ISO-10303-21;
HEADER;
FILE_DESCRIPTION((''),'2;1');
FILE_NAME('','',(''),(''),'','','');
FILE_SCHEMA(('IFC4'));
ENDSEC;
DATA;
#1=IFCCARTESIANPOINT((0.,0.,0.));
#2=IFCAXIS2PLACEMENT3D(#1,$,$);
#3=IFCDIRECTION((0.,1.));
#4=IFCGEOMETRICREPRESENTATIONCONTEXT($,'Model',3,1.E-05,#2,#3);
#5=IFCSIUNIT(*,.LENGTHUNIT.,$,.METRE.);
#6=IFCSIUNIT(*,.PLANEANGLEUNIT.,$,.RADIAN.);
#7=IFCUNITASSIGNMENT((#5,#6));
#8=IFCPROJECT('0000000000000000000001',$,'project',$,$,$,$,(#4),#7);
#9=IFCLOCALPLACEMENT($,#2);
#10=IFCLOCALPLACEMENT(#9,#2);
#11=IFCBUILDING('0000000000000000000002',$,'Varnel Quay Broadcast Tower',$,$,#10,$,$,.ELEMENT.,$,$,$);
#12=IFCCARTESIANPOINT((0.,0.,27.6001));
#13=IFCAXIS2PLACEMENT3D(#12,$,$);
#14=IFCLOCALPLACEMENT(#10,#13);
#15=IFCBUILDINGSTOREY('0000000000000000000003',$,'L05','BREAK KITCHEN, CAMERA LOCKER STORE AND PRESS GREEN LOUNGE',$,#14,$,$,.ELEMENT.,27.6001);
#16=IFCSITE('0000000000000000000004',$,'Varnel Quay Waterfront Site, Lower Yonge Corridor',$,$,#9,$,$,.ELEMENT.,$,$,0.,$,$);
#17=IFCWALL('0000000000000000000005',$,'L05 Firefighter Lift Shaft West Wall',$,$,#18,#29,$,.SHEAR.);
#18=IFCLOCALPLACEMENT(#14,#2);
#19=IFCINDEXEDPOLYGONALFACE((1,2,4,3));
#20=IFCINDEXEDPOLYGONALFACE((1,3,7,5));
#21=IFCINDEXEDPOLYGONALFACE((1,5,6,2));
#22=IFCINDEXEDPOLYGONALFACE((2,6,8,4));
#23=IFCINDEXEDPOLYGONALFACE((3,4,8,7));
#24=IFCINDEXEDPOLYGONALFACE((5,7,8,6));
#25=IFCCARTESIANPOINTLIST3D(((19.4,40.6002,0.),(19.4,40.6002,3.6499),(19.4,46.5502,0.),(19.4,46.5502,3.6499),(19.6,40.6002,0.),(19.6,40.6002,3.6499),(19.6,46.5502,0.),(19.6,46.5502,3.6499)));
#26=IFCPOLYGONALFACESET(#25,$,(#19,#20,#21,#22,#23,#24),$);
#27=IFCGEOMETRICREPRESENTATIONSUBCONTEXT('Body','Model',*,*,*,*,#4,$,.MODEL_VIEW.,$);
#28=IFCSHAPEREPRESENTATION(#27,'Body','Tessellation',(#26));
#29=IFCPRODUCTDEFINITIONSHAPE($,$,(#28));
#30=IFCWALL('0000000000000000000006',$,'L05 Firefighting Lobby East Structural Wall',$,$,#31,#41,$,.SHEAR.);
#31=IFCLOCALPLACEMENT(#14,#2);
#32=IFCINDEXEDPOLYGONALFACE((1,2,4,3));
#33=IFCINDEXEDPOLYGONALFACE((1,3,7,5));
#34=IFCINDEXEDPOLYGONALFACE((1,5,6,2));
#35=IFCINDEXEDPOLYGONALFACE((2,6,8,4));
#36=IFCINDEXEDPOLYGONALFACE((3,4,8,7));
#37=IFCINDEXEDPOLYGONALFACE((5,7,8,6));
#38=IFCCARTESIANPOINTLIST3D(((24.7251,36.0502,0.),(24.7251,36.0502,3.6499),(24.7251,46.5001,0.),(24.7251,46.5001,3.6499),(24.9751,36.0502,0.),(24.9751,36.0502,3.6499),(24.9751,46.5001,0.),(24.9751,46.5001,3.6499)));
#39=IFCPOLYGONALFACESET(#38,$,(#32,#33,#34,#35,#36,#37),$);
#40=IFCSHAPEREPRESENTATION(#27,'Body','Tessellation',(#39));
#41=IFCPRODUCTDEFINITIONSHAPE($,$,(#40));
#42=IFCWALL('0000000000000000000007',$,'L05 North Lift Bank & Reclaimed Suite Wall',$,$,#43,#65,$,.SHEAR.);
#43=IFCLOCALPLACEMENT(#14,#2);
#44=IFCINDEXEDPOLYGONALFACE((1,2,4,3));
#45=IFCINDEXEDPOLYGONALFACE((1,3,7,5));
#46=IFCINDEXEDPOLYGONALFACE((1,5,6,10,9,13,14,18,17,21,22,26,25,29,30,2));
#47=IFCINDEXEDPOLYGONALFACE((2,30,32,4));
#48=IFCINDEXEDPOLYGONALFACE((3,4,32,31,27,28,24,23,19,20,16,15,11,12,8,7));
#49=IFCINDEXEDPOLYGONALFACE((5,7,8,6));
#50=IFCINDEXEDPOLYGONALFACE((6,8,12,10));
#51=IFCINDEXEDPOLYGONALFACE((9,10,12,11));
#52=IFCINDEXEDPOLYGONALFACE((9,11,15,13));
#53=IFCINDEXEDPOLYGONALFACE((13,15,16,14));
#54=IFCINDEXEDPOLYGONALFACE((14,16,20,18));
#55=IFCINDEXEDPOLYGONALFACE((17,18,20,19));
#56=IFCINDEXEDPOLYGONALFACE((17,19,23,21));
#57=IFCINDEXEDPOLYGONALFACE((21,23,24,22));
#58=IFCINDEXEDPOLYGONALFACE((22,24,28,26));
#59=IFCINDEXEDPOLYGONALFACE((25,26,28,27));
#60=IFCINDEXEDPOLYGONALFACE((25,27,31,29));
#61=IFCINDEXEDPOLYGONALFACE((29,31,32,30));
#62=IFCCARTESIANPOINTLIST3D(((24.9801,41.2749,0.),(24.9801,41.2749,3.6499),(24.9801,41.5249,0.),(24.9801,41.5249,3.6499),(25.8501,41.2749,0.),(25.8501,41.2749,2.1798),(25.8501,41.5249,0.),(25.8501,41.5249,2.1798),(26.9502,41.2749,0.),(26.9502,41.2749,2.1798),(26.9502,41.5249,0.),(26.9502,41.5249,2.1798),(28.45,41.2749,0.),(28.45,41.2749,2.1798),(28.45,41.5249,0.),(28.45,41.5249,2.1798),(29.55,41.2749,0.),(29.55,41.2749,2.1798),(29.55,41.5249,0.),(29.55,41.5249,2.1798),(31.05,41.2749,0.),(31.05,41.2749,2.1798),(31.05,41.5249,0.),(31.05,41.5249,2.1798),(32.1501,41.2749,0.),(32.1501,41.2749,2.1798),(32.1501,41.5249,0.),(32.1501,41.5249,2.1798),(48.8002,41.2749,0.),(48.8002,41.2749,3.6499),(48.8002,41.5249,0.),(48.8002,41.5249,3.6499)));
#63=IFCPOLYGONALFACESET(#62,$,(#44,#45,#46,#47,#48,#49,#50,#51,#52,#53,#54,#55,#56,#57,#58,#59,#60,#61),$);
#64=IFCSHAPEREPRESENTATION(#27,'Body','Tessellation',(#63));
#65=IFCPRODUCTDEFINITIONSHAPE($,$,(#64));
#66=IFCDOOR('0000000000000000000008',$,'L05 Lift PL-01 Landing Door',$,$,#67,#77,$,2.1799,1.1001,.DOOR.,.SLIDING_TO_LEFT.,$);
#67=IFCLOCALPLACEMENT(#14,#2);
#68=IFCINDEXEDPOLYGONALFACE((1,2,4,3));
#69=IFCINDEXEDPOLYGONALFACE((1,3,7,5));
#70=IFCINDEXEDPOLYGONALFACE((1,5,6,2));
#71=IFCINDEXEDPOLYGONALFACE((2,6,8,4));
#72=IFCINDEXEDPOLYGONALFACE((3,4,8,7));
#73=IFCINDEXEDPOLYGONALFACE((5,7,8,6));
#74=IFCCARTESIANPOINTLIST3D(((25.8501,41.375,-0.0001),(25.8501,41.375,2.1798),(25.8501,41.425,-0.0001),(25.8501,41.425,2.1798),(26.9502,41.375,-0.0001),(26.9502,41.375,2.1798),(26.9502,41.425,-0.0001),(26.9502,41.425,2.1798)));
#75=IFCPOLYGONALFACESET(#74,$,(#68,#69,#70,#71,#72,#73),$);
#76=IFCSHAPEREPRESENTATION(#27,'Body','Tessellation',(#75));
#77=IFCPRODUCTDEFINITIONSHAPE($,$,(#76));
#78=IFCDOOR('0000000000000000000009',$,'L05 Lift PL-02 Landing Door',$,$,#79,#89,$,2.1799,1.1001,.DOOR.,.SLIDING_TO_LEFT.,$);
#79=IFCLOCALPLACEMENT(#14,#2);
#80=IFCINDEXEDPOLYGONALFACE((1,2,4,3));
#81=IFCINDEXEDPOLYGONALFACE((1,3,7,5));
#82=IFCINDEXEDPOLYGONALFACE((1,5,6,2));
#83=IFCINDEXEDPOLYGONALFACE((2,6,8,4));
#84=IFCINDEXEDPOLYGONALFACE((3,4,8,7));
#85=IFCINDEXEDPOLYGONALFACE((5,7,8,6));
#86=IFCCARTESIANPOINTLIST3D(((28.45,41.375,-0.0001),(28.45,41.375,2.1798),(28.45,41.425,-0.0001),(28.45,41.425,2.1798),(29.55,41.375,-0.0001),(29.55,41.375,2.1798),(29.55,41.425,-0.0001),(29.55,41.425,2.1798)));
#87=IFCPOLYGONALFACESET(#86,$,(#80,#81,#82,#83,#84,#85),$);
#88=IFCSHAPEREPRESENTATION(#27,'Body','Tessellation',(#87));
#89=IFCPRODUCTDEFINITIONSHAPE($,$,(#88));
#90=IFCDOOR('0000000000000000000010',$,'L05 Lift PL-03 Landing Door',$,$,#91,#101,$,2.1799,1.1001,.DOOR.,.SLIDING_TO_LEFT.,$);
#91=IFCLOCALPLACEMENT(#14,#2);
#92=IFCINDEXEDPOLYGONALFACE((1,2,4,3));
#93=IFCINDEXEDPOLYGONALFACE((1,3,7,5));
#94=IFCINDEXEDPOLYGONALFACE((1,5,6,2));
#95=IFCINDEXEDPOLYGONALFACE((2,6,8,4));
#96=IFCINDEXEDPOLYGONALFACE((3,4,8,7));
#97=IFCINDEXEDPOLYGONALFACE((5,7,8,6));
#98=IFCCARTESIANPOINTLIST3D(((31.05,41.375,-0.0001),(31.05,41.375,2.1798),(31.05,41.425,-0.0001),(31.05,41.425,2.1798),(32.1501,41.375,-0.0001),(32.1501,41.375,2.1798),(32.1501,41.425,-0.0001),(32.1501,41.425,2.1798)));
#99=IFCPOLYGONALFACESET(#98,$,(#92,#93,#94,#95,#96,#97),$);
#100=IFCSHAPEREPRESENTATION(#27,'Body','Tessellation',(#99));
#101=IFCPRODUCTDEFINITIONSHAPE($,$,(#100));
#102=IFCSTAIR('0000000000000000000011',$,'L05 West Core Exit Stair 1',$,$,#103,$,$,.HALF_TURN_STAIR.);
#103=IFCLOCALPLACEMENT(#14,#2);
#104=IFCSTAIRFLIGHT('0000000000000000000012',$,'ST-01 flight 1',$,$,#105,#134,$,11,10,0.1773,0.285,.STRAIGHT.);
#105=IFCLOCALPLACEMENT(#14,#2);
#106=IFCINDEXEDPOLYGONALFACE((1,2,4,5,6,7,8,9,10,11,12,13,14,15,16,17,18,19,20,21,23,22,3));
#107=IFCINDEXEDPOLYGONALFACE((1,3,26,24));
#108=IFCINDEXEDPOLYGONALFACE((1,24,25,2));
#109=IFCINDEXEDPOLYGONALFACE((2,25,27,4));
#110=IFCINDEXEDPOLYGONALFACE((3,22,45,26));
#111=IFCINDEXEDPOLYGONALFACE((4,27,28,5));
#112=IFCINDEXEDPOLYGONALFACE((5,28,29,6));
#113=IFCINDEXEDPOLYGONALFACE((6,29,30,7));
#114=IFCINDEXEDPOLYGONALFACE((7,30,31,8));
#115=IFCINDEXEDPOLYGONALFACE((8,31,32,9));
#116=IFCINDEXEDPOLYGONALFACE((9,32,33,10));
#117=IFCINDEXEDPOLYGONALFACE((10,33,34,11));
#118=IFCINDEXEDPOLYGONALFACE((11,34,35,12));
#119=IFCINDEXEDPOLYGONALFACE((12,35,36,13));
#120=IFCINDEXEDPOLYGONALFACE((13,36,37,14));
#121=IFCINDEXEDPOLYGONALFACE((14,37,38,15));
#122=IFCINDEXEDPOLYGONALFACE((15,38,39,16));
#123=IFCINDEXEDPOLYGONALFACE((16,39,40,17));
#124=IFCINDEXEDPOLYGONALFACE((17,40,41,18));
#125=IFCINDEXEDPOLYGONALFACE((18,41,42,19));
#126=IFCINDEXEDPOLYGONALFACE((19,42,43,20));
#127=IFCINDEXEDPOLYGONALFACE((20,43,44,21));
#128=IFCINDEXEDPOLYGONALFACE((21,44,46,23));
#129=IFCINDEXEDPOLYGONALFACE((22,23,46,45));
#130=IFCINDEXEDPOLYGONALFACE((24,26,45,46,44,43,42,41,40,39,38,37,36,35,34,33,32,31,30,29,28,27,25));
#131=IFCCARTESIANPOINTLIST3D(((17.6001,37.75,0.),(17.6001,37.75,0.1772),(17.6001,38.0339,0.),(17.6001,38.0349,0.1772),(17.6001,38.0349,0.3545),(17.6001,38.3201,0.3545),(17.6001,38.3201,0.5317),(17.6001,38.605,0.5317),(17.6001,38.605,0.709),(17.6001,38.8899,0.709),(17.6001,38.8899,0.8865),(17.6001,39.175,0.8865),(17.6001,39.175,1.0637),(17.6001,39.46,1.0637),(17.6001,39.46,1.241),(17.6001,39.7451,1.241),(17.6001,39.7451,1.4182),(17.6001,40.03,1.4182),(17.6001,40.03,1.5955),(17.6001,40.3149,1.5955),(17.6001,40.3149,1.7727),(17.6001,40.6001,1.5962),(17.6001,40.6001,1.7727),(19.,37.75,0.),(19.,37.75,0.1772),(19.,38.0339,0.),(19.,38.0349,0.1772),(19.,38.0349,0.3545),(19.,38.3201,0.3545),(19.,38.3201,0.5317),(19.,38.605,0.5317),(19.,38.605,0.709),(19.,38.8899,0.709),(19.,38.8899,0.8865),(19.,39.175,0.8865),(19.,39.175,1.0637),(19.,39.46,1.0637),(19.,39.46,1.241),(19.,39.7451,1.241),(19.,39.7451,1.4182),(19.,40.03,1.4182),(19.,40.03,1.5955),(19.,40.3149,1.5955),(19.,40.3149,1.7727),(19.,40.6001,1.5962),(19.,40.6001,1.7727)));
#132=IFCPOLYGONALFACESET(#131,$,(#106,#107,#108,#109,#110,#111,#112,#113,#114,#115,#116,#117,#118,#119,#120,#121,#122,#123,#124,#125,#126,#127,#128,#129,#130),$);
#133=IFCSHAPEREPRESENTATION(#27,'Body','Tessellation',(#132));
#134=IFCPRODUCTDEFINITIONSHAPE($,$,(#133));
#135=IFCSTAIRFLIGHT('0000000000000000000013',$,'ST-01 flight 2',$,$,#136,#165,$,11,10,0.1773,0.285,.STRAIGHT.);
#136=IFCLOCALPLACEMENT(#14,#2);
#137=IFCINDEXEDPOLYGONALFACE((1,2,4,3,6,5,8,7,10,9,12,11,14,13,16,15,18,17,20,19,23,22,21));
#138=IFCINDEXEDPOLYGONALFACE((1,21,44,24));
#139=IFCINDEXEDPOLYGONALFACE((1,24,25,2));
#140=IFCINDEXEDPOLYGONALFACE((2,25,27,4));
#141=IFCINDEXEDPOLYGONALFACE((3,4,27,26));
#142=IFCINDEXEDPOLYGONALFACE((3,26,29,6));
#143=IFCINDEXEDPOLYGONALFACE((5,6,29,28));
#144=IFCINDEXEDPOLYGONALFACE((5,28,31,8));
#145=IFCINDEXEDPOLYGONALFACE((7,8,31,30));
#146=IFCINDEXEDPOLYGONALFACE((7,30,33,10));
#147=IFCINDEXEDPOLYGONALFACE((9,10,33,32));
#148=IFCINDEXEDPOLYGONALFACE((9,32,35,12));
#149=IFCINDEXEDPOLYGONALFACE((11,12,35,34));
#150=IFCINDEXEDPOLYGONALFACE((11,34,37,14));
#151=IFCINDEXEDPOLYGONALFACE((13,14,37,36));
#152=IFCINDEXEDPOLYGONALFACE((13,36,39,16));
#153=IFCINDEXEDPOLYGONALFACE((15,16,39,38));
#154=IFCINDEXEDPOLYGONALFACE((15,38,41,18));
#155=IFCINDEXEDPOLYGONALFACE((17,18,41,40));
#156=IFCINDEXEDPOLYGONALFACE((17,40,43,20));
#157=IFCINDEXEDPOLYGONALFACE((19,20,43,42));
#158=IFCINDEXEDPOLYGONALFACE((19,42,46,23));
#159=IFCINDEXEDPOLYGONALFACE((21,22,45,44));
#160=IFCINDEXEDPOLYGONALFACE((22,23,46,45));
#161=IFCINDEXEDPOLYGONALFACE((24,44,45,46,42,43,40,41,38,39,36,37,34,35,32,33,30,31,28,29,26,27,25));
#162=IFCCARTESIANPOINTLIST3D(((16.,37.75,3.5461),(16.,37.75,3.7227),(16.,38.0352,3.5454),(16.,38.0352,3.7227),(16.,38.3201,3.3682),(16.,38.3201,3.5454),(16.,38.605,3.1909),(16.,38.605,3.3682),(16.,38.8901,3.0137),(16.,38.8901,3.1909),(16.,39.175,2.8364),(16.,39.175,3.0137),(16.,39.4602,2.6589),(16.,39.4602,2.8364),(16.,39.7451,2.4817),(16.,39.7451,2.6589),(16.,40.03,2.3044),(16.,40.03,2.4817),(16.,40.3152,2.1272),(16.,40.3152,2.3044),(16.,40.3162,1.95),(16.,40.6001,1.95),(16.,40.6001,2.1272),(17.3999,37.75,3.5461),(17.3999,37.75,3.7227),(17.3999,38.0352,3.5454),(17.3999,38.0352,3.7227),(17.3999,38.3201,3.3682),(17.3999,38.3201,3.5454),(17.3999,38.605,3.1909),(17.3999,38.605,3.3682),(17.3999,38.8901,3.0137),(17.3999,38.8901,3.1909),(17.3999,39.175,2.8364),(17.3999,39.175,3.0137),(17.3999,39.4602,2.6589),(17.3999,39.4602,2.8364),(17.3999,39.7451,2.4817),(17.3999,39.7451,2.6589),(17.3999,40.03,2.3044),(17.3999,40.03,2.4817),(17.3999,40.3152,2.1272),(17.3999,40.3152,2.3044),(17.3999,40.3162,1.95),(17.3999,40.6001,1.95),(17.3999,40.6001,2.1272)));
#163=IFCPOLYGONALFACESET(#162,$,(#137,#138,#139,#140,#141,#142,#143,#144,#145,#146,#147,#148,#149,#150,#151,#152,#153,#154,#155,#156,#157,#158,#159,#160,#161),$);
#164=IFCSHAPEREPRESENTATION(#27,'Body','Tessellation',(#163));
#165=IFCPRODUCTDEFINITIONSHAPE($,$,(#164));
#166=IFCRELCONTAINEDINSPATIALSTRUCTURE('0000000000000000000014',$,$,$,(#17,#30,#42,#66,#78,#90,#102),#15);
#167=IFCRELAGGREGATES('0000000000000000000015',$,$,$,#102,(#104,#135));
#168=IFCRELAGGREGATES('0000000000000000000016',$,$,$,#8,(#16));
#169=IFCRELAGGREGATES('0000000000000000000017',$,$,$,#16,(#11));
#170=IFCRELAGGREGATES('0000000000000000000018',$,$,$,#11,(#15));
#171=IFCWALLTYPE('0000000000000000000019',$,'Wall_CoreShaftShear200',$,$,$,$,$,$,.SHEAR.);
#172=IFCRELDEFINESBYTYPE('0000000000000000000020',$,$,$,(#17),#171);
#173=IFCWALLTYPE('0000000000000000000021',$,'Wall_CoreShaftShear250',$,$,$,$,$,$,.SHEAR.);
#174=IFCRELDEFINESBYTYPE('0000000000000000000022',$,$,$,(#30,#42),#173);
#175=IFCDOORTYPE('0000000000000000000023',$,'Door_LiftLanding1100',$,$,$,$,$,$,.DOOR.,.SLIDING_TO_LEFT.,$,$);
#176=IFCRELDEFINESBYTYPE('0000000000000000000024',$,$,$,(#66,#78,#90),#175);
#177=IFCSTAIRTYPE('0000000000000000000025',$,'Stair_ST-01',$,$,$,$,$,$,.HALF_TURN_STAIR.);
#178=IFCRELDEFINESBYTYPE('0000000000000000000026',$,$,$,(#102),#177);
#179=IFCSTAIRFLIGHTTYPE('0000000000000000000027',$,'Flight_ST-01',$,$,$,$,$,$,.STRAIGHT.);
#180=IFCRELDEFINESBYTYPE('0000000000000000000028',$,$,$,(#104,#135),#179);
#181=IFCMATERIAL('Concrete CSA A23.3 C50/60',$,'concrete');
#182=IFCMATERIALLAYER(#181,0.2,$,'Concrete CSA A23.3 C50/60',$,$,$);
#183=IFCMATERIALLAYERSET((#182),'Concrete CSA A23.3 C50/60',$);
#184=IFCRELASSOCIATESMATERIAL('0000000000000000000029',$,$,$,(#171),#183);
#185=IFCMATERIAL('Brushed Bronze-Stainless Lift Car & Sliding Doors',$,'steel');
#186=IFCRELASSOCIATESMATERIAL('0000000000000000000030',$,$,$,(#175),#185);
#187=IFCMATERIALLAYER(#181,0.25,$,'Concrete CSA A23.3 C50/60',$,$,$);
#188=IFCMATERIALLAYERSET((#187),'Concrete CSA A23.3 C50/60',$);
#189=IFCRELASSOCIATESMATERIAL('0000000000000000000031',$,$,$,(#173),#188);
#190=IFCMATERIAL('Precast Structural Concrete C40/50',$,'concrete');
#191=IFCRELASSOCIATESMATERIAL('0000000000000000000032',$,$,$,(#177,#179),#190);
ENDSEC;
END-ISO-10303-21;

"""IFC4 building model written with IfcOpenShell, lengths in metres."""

from ifc_helpers import new_model, si_unit, direction, frame, frame_2d, origin, place, context, subcontext, project, spatial, polyline, rectangle, outline, extrude, source, transform, mapped, material, layer, layer_set, type_object, type_shapes, element, fill, aggregate, save


model = new_model("IFC4")

# Units and contexts
model_context = context("Model", 3, precision=1e-05, world=origin(), true_north=direction((0.0, 1.0)))
body_context = subcontext(model_context, "Body", "Model", "MODEL_VIEW")
ifc_project = project(units=[si_unit("LENGTHUNIT", "METRE"), si_unit("PLANEANGLEUNIT", "RADIAN")], contexts=[model_context])

# Site, building, storey
site_placement = place(None, origin())
site = spatial("IfcSite", under=ifc_project, at=site_placement, Name="Varnel Quay Waterfront Site, Lower Yonge Corridor", CompositionType="ELEMENT", RefElevation=0.0)
building_placement = place(site_placement, origin())
building = spatial("IfcBuilding", under=site, at=building_placement, Name="Varnel Quay Broadcast Tower", CompositionType="ELEMENT")
storey_placement = place(building_placement, frame((0.0, 0.0, 27.6001)))
storey = spatial("IfcBuildingStorey", under=building, at=storey_placement, Name="L05", Description="BREAK KITCHEN, CAMERA LOCKER STORE AND PRESS GREEN LOUNGE", CompositionType="ELEMENT", Elevation=27.6001)

# Shared definitions
ifc_material_1 = material(Name="Concrete CSA A23.3 C50/60", Category="concrete")
ifc_layer_1 = layer(ifc_material_1, 0.2, Name="Concrete CSA A23.3 C50/60")
ifc_layer_set_1 = layer_set([ifc_layer_1], Name="Concrete CSA A23.3 C50/60")
wall_type_1 = type_object("IfcWallType", Name="Wall_CoreShaftShear200", PredefinedType="SHEAR", material=ifc_layer_set_1)

# Shared definitions
ifc_material_2 = material(Name="Brushed Bronze-Stainless Lift Car & Sliding Doors", Category="steel")
door_type = type_object("IfcDoorType", Name="Door_LiftLanding1100", OperationType="SLIDING_TO_LEFT", PredefinedType="DOOR", material=ifc_material_2)
shared_shape_1 = source(origin(), body_context, "Body", "SweptSolid", [
    extrude(rectangle(XDim=1.1001, YDim=2.1799, at=frame_2d((0.55, 1.0898))), frame((0.0, 0.0249, 0.0), z_axis=(0.0, -1.0, 0.0), x_axis=(1.0, 0.0, 0.0)), (0.0, 0.0, 1.0), 0.05),
])
type_shapes(door_type, [shared_shape_1])

# Walls
wall_1_placement = place(storey_placement, frame((19.5, 40.6001, 0.0), z_axis=(0.0, 0.0, 1.0), x_axis=(0.0, 1.0, 0.0)))
element("IfcWall", 1, at=wall_1_placement, inside=storey, type_object=wall_type_1, Name="L05 Firefighter Lift Shaft West Wall", PredefinedType="SHEAR", context=body_context, shape_type="SweptSolid", body=[
    extrude(rectangle(XDim=5.95, YDim=0.2, at=frame_2d((2.9751, 0.0))), origin(), (0.0, 0.0, 1.0), 3.6499),
])
ifc_layer_2 = layer(ifc_material_1, 0.25, Name="Concrete CSA A23.3 C50/60")
ifc_layer_set_2 = layer_set([ifc_layer_2], Name="Concrete CSA A23.3 C50/60")
wall_type_2 = type_object("IfcWallType", Name="Wall_CoreShaftShear250", PredefinedType="SHEAR", material=ifc_layer_set_2)
wall_2_placement = place(storey_placement, frame((24.8501, 36.05, 0.0), z_axis=(0.0, 0.0, 1.0), x_axis=(0.0, 1.0, 0.0)))
element("IfcWall", 2, at=wall_2_placement, inside=storey, type_object=wall_type_2, Name="L05 Firefighting Lobby East Structural Wall", PredefinedType="SHEAR", context=body_context, shape_type="SweptSolid", body=[
    extrude(rectangle(XDim=10.45, YDim=0.25, at=frame_2d((5.2251, 0.0))), origin(), (0.0, 0.0, 1.0), 3.6499),
])

# Wall, openings, doors
wall_3_placement = place(storey_placement, frame((24.98, 41.3999, 0.0), z_axis=(0.0, 0.0, 1.0), x_axis=(1.0, 0.0, 0.0)))
wall_3 = element("IfcWall", 3, at=wall_3_placement, inside=storey, type_object=wall_type_2, Name="L05 North Lift Bank & Reclaimed Suite Wall", PredefinedType="SHEAR", context=body_context, shape_type="SweptSolid", body=[
    extrude(rectangle(XDim=23.8201, YDim=0.25, at=frame_2d((11.9102, 0.0))), origin(), (0.0, 0.0, 1.0), 3.6499),
])
opening_1_placement = place(wall_3_placement, frame((0.8701, 0.0, 0.0)))
opening_1 = element("IfcOpeningElement", 4, at=opening_1_placement, cuts=wall_3, PredefinedType="OPENING", context=body_context, shape_type="SweptSolid", body=[
    extrude(rectangle(XDim=1.1001, YDim=2.1799, at=frame_2d((0.55, 1.0898))), frame((0.0, 0.135, 0.0), z_axis=(0.0, -1.0, 0.0), x_axis=(1.0, 0.0, 0.0)), (0.0, 0.0, 1.0), 0.27),
])
opening_2_placement = place(wall_3_placement, frame((3.47, 0.0, 0.0)))
opening_2 = element("IfcOpeningElement", 5, at=opening_2_placement, cuts=wall_3, PredefinedType="OPENING", context=body_context, shape_type="SweptSolid", body=[
    extrude(rectangle(XDim=1.1001, YDim=2.1799, at=frame_2d((0.55, 1.0898))), frame((0.0, 0.135, 0.0), z_axis=(0.0, -1.0, 0.0), x_axis=(1.0, 0.0, 0.0)), (0.0, 0.0, 1.0), 0.27),
])
opening_3_placement = place(wall_3_placement, frame((6.0701, 0.0, 0.0)))
opening_3 = element("IfcOpeningElement", 6, at=opening_3_placement, cuts=wall_3, PredefinedType="OPENING", context=body_context, shape_type="SweptSolid", body=[
    extrude(rectangle(XDim=1.1001, YDim=2.1799, at=frame_2d((0.55, 1.0898))), frame((0.0, 0.135, 0.0), z_axis=(0.0, -1.0, 0.0), x_axis=(1.0, 0.0, 0.0)), (0.0, 0.0, 1.0), 0.27),
])
door_1_placement = place(opening_1_placement, frame((1.1001, 0.0, 0.0), z_axis=(0.0, 0.0, 1.0), x_axis=(-1.0, 0.0, 0.0)))
door_1 = element("IfcDoor", 7, at=door_1_placement, inside=storey, type_object=door_type, Name="L05 Lift PL-01 Landing Door", OperationType="SLIDING_TO_LEFT", OverallHeight=2.1799, OverallWidth=1.1001, PredefinedType="DOOR", context=body_context, shape_type="MappedRepresentation", body=[
    mapped(shared_shape_1, transform((0.0, 0.0, 0.0), x_axis=(1.0, 0.0, 0.0), y_axis=(0.0, 1.0, 0.0), z_axis=(0.0, 0.0, 1.0), scale=1.0)),
])
fill(opening_1, door_1)
door_2_placement = place(opening_2_placement, frame((1.1001, 0.0, 0.0), z_axis=(0.0, 0.0, 1.0), x_axis=(-1.0, 0.0, 0.0)))
door_2 = element("IfcDoor", 8, at=door_2_placement, inside=storey, type_object=door_type, Name="L05 Lift PL-02 Landing Door", OperationType="SLIDING_TO_LEFT", OverallHeight=2.1799, OverallWidth=1.1001, PredefinedType="DOOR", context=body_context, shape_type="MappedRepresentation", body=[
    mapped(shared_shape_1, transform((0.0, 0.0, 0.0), x_axis=(1.0, 0.0, 0.0), y_axis=(0.0, 1.0, 0.0), z_axis=(0.0, 0.0, 1.0), scale=1.0)),
])
fill(opening_2, door_2)
door_3_placement = place(opening_3_placement, frame((1.1001, 0.0, 0.0), z_axis=(0.0, 0.0, 1.0), x_axis=(-1.0, 0.0, 0.0)))
door_3 = element("IfcDoor", 9, at=door_3_placement, inside=storey, type_object=door_type, Name="L05 Lift PL-03 Landing Door", OperationType="SLIDING_TO_LEFT", OverallHeight=2.1799, OverallWidth=1.1001, PredefinedType="DOOR", context=body_context, shape_type="MappedRepresentation", body=[
    mapped(shared_shape_1, transform((0.0, 0.0, 0.0), x_axis=(1.0, 0.0, 0.0), y_axis=(0.0, 1.0, 0.0), z_axis=(0.0, 0.0, 1.0), scale=1.0)),
])
fill(opening_3, door_3)

# Stair, stair flights
ifc_material_3 = material(Name="Precast Structural Concrete C40/50", Category="concrete")
stair_type = type_object("IfcStairType", Name="Stair_ST-01", PredefinedType="HALF_TURN_STAIR", material=ifc_material_3)
stair_placement = place(storey_placement, origin())
stair = element("IfcStair", 10, at=stair_placement, inside=storey, type_object=stair_type, Name="L05 West Core Exit Stair 1", PredefinedType="HALF_TURN_STAIR")
stair_flight_type = type_object("IfcStairFlightType", Name="Flight_ST-01", PredefinedType="STRAIGHT", material=ifc_material_3)
stair_flight_1_placement = place(storey_placement, frame((18.3, 37.75, 0.0), z_axis=(0.0, 0.0, 1.0), x_axis=(0.0, 1.0, 0.0)))
stair_flight_1 = element("IfcStairFlight", 11, at=stair_flight_1_placement, type_object=stair_flight_type, Name="ST-01 flight 1", NumberOfRisers=11, NumberOfTreads=10, PredefinedType="STRAIGHT", RiserHeight=0.1773, TreadLength=0.285, context=body_context, shape_type="SweptSolid", body=[
    extrude(outline(polyline([(0.0, 0.0), (0.0, 0.1772), (0.2849, 0.1772), (0.2849, 0.3545), (0.5701, 0.3545), (0.5701, 0.5317), (0.855, 0.5317), (0.855, 0.709), (1.1399, 0.709), (1.1399, 0.8865), (1.425, 0.8865), (1.425, 1.0637), (1.71, 1.0637), (1.71, 1.241), (1.9951, 1.241), (1.9951, 1.4182), (2.28, 1.4182), (2.28, 1.5955), (2.5649, 1.5955), (2.5649, 1.7727), (2.8501, 1.7727), (2.8501, 1.95), (2.8501, 1.5962), (0.2839, 0.0), (0.0, 0.0)])), frame((0.0, 0.7, 0.0), z_axis=(0.0, -1.0, 0.0), x_axis=(1.0, 0.0, 0.0)), (0.0, 0.0, 1.0), 1.3999),
])
stair_flight_2_placement = place(storey_placement, frame((16.7, 40.6001, 1.95), z_axis=(0.0, 0.0, 1.0), x_axis=(0.0, -1.0, 0.0)))
stair_flight_2 = element("IfcStairFlight", 12, at=stair_flight_2_placement, type_object=stair_flight_type, Name="ST-01 flight 2", NumberOfRisers=11, NumberOfTreads=10, PredefinedType="STRAIGHT", RiserHeight=0.1773, TreadLength=0.285, context=body_context, shape_type="SweptSolid", body=[
    extrude(outline(polyline([(0.0, 0.0), (0.0, 0.1772), (0.2849, 0.1772), (0.2849, 0.3545), (0.5701, 0.3545), (0.5701, 0.5317), (0.855, 0.5317), (0.855, 0.709), (1.1399, 0.709), (1.1399, 0.8865), (1.425, 0.8865), (1.425, 1.0637), (1.71, 1.0637), (1.71, 1.241), (1.9951, 1.241), (1.9951, 1.4182), (2.28, 1.4182), (2.28, 1.5955), (2.5649, 1.5955), (2.5649, 1.7727), (2.8501, 1.7727), (2.8501, 1.95), (2.8501, 1.5962), (0.2839, 0.0), (0.0, 0.0)])), frame((0.0, 0.7, 0.0), z_axis=(0.0, -1.0, 0.0), x_axis=(1.0, 0.0, 0.0)), (0.0, 0.0, 1.0), 1.3999),
])
aggregate(stair, [stair_flight_1, stair_flight_2])

save(model, "model.ifc")
